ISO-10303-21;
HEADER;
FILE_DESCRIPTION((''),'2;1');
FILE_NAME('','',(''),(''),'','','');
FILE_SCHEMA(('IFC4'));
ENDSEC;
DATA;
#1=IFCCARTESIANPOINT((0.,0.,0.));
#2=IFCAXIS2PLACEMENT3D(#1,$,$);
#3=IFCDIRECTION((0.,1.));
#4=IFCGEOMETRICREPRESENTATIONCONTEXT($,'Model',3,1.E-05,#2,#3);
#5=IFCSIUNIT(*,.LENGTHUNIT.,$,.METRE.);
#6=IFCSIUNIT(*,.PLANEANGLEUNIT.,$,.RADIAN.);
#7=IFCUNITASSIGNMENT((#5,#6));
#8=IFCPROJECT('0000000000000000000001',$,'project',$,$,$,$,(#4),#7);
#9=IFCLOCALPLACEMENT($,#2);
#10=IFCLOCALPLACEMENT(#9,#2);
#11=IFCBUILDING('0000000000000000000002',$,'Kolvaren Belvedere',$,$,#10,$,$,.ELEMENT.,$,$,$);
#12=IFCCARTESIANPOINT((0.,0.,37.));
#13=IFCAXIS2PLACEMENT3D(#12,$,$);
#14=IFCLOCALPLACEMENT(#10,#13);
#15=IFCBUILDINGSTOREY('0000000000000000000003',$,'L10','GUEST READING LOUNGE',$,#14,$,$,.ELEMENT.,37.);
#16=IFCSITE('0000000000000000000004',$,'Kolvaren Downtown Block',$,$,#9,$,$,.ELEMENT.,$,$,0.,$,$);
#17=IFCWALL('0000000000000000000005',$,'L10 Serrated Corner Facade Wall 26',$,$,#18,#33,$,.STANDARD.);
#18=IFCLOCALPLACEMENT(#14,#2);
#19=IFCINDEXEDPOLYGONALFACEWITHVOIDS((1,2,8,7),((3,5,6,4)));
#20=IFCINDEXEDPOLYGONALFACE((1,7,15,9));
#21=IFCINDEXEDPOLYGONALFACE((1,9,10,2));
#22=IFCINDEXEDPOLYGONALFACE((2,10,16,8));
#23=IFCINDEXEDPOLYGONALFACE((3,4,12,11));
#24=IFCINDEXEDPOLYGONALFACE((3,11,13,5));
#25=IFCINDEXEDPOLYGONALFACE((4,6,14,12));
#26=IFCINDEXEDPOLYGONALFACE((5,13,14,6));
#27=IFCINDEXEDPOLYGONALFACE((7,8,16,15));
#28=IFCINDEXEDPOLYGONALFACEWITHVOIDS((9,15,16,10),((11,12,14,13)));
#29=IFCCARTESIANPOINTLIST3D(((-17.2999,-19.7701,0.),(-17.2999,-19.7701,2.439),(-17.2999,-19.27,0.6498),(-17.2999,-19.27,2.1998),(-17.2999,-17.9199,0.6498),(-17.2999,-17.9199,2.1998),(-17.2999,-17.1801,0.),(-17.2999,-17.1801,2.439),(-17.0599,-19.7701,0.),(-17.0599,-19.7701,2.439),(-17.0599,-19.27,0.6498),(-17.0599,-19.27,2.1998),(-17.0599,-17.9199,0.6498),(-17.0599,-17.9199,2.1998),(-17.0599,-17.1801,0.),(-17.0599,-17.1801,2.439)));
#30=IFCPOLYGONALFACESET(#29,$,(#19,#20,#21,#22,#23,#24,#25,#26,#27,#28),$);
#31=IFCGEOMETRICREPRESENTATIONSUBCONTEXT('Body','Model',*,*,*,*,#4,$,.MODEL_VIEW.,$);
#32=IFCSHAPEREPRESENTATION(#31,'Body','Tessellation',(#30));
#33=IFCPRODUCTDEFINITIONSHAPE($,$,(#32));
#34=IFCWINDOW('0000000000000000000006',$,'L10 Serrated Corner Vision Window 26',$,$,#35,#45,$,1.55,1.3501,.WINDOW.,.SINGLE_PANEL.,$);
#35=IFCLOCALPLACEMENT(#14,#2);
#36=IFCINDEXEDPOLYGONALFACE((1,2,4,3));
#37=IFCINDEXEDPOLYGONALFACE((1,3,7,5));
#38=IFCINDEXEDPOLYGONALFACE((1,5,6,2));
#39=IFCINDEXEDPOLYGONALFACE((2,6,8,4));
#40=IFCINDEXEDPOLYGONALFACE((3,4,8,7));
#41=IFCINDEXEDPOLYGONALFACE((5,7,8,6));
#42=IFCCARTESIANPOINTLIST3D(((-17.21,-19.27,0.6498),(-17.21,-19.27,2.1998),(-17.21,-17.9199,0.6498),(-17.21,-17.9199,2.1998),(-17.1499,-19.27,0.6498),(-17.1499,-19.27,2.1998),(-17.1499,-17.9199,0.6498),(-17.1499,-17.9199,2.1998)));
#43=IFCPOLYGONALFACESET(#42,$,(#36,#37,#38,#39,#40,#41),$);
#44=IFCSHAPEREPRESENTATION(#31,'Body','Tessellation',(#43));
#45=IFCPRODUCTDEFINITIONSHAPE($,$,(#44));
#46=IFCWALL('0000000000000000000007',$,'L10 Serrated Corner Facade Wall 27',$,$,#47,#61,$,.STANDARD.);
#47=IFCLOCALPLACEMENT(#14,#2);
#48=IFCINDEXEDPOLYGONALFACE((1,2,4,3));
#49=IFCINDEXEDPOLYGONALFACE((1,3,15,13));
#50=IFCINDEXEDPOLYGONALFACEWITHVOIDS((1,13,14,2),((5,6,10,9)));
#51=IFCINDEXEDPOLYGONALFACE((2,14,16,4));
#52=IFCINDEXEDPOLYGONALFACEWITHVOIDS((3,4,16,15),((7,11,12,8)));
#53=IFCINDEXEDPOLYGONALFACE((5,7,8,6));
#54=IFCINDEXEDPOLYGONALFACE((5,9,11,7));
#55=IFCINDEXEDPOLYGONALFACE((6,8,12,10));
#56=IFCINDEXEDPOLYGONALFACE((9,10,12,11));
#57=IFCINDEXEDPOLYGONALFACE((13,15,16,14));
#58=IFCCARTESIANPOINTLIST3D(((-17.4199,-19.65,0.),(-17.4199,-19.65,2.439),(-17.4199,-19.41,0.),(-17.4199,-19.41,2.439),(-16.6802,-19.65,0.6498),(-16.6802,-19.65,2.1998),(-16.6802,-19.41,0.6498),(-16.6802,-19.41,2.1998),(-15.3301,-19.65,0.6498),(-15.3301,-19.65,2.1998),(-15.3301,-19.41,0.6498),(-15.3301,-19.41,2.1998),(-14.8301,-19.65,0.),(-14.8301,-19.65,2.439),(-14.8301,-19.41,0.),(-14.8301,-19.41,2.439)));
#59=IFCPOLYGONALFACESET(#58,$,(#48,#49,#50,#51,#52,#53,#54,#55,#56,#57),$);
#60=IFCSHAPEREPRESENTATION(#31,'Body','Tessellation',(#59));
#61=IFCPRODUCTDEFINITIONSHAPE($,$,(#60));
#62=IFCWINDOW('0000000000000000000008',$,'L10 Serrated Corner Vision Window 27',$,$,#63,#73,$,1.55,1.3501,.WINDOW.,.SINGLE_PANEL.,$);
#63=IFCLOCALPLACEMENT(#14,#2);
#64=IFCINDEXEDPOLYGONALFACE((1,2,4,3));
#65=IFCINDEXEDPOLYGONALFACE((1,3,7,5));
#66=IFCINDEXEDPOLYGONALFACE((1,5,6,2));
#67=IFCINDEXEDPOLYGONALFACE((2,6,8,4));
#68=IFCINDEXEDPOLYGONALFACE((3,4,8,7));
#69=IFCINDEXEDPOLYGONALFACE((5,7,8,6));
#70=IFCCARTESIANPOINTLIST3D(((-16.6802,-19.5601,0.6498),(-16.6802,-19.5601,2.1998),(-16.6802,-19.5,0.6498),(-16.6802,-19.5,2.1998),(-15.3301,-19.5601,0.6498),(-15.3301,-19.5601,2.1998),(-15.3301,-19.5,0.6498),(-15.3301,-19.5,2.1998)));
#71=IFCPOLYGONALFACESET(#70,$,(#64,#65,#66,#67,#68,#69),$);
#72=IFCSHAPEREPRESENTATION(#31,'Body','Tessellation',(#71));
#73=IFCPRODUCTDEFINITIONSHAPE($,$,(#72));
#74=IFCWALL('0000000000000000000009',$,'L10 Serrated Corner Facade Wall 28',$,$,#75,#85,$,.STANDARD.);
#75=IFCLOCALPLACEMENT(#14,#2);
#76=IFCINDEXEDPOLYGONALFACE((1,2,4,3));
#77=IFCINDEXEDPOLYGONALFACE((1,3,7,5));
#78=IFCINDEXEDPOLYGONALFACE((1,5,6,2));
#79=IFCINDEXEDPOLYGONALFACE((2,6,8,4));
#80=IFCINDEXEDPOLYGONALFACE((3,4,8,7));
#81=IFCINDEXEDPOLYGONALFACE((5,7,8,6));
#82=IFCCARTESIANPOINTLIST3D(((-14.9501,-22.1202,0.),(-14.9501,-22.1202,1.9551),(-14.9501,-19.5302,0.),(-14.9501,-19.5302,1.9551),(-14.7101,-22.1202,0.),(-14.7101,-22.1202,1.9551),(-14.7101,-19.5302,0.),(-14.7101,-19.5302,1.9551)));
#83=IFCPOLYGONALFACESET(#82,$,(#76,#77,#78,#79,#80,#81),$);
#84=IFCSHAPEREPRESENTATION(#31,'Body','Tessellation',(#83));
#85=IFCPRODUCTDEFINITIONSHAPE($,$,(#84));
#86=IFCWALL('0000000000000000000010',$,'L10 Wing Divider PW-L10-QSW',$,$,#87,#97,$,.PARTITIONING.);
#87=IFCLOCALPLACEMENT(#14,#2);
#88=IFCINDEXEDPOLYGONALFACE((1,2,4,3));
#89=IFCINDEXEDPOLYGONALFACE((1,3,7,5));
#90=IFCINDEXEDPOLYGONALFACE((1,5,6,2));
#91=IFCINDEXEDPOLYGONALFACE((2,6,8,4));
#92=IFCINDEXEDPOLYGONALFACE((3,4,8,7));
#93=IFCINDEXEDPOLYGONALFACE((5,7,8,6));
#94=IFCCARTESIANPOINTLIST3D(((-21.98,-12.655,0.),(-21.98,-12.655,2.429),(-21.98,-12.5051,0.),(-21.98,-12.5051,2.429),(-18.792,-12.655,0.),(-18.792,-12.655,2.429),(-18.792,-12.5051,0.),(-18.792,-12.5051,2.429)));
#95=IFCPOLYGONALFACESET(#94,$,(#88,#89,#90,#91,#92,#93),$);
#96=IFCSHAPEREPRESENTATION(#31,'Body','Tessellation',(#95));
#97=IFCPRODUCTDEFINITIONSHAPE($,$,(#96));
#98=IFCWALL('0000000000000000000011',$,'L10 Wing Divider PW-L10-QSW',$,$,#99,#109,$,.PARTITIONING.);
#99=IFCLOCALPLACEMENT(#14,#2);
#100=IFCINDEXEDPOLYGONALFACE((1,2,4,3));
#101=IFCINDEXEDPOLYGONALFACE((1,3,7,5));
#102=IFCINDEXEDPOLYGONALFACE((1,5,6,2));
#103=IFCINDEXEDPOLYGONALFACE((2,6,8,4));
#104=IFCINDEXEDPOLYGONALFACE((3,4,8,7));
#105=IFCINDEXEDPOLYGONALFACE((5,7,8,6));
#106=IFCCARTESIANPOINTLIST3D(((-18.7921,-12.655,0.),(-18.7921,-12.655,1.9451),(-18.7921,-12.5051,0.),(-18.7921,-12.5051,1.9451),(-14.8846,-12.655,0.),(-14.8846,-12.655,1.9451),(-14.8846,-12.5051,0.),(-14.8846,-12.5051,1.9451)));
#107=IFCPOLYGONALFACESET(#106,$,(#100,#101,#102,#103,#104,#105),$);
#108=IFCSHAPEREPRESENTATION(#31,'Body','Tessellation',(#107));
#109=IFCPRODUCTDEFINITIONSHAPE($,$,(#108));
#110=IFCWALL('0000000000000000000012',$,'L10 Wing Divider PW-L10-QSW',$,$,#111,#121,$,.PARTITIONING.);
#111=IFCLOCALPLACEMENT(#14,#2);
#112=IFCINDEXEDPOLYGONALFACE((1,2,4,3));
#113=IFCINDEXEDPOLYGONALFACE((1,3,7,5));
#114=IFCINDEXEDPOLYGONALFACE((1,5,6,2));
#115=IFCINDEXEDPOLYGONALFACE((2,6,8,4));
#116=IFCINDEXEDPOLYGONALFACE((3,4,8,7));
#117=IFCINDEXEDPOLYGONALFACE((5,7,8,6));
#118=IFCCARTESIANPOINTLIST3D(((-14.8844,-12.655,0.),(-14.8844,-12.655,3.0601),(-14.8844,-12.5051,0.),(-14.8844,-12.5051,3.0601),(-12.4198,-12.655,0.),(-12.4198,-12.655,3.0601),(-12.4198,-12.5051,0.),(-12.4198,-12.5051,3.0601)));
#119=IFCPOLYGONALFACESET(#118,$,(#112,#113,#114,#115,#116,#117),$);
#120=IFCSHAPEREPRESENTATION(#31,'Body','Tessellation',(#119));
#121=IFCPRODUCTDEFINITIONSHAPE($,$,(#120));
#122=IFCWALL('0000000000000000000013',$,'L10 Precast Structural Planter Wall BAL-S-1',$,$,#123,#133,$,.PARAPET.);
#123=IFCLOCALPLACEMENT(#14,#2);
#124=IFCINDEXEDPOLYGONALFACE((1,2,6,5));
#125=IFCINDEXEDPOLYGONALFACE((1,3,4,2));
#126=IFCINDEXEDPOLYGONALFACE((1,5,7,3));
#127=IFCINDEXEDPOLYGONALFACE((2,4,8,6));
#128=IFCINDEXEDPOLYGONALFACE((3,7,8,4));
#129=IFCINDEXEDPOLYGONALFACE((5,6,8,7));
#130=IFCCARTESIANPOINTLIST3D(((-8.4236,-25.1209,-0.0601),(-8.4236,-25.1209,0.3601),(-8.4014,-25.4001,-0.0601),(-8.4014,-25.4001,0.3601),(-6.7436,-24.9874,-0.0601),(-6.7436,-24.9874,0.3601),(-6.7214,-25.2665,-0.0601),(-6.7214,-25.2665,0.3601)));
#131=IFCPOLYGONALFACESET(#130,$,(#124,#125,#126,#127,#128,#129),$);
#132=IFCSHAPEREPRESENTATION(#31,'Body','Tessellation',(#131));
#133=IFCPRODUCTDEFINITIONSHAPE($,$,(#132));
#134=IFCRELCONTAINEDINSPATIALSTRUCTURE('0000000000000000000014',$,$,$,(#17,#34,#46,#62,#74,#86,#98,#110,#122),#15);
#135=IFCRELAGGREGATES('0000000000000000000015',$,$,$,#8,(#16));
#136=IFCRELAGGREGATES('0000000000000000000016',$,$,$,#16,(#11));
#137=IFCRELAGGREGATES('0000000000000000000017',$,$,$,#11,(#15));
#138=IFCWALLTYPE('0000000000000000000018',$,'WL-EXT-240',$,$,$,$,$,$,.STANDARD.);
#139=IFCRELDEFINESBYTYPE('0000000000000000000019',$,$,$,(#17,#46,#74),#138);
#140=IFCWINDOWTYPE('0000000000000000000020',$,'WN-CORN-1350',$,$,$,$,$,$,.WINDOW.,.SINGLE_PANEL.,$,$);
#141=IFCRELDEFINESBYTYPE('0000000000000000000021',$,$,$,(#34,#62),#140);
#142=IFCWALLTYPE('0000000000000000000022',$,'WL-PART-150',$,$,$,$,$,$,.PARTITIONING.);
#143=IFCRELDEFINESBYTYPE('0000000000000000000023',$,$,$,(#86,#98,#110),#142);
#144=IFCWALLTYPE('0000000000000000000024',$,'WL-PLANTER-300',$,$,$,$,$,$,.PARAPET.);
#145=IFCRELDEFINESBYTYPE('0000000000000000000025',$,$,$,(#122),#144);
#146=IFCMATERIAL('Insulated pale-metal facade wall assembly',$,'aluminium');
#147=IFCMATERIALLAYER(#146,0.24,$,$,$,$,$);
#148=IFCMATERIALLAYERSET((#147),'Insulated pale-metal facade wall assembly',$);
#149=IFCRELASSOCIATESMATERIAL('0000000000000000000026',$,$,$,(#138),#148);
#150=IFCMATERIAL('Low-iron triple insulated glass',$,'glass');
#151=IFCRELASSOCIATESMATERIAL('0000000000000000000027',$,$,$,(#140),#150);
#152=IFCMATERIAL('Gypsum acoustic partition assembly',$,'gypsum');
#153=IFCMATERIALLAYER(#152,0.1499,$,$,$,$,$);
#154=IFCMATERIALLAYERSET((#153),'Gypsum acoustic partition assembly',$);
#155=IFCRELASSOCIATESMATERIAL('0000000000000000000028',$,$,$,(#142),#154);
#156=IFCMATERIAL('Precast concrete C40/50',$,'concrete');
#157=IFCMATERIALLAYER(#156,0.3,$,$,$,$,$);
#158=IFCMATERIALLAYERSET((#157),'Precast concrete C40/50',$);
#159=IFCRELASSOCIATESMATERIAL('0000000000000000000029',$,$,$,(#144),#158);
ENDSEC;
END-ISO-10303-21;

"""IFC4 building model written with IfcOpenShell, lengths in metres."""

from ifc_helpers import new_model, si_unit, direction, frame, frame_2d, origin, place, context, subcontext, project, spatial, rectangle, extrude, material, layer, layer_set, type_object, element, fill, save


model = new_model("IFC4")

# Units and contexts
model_context = context("Model", 3, precision=1e-05, world=origin(), true_north=direction((0.0, 1.0)))
body_context = subcontext(model_context, "Body", "Model", "MODEL_VIEW")
ifc_project = project(units=[si_unit("LENGTHUNIT", "METRE"), si_unit("PLANEANGLEUNIT", "RADIAN")], contexts=[model_context])

# Site, building, storey
site_placement = place(None, origin())
site = spatial("IfcSite", under=ifc_project, at=site_placement, Name="Kolvaren Downtown Block", CompositionType="ELEMENT", RefElevation=0.0)
building_placement = place(site_placement, origin())
building = spatial("IfcBuilding", under=site, at=building_placement, Name="Kolvaren Belvedere", CompositionType="ELEMENT")
storey_placement = place(building_placement, frame((0.0, 0.0, 37.0)))
storey = spatial("IfcBuildingStorey", under=building, at=storey_placement, Name="L10", Description="GUEST READING LOUNGE", CompositionType="ELEMENT", Elevation=37.0)

# Shared definitions
ifc_material_1 = material(Name="Insulated pale-metal facade wall assembly", Category="aluminium")
ifc_layer_1 = layer(ifc_material_1, 0.24)
ifc_layer_set_1 = layer_set([ifc_layer_1], Name="Insulated pale-metal facade wall assembly")
wall_type_1 = type_object("IfcWallType", Name="WL-EXT-240", PredefinedType="STANDARD", material=ifc_layer_set_1)

# Walls, openings, windows
ifc_material_2 = material(Name="Low-iron triple insulated glass", Category="glass")
window_type = type_object("IfcWindowType", Name="WN-CORN-1350", PartitioningType="SINGLE_PANEL", PredefinedType="WINDOW", material=ifc_material_2)
wall_1_placement = place(storey_placement, frame((-17.1799, -19.77, 0.0), z_axis=(0.0, 0.0, 1.0), x_axis=(0.0, 1.0, 0.0)))
wall_1 = element("IfcWall", 1, at=wall_1_placement, inside=storey, type_object=wall_type_1, Name="L10 Serrated Corner Facade Wall 26", PredefinedType="STANDARD", context=body_context, shape_type="SweptSolid", body=[
    extrude(rectangle(XDim=2.5901, YDim=0.24, at=frame_2d((1.2949, 0.0))), origin(), (0.0, 0.0, 1.0), 2.439),
])
opening_1_placement = place(wall_1_placement, frame((0.5, 0.0, 0.6499)))
opening_1 = element("IfcOpeningElement", 2, at=opening_1_placement, cuts=wall_1, PredefinedType="OPENING", context=body_context, shape_type="SweptSolid", body=[
    extrude(rectangle(XDim=1.3501, YDim=1.55, at=frame_2d((0.675, 0.7749))), frame((0.0, 0.1299, 0.0), z_axis=(0.0, -1.0, 0.0), x_axis=(1.0, 0.0, 0.0)), (0.0, 0.0, 1.0), 0.26),
])
window_1_placement = place(opening_1_placement, origin())
window_1 = element("IfcWindow", 3, at=window_1_placement, inside=storey, type_object=window_type, Name="L10 Serrated Corner Vision Window 26", OverallHeight=1.55, OverallWidth=1.3501, PartitioningType="SINGLE_PANEL", PredefinedType="WINDOW", context=body_context, shape_type="SweptSolid", body=[
    extrude(rectangle(XDim=1.3501, YDim=1.55, at=frame_2d((0.675, 0.7749))), frame((0.0, 0.03, 0.0), z_axis=(0.0, -1.0, 0.0), x_axis=(1.0, 0.0, 0.0)), (0.0, 0.0, 1.0), 0.0601),
])
fill(opening_1, window_1)
wall_2_placement = place(storey_placement, frame((-14.8301, -19.53, 0.0), z_axis=(0.0, 0.0, 1.0), x_axis=(-1.0, 0.0, 0.0)))
wall_2 = element("IfcWall", 4, at=wall_2_placement, inside=storey, type_object=wall_type_1, Name="L10 Serrated Corner Facade Wall 27", PredefinedType="STANDARD", context=body_context, shape_type="SweptSolid", body=[
    extrude(rectangle(XDim=2.5898, YDim=0.24, at=frame_2d((1.2949, 0.0))), origin(), (0.0, 0.0, 1.0), 2.439),
])
opening_2_placement = place(wall_2_placement, frame((0.5, 0.0, 0.6499)))
opening_2 = element("IfcOpeningElement", 5, at=opening_2_placement, cuts=wall_2, PredefinedType="OPENING", context=body_context, shape_type="SweptSolid", body=[
    extrude(rectangle(XDim=1.3501, YDim=1.55, at=frame_2d((0.675, 0.7749))), frame((0.0, 0.1299, 0.0), z_axis=(0.0, -1.0, 0.0), x_axis=(1.0, 0.0, 0.0)), (0.0, 0.0, 1.0), 0.26),
])
window_2_placement = place(opening_2_placement, origin())
window_2 = element("IfcWindow", 6, at=window_2_placement, inside=storey, type_object=window_type, Name="L10 Serrated Corner Vision Window 27", OverallHeight=1.55, OverallWidth=1.3501, PartitioningType="SINGLE_PANEL", PredefinedType="WINDOW", context=body_context, shape_type="SweptSolid", body=[
    extrude(rectangle(XDim=1.3501, YDim=1.55, at=frame_2d((0.675, 0.7749))), frame((0.0, 0.03, 0.0), z_axis=(0.0, -1.0, 0.0), x_axis=(1.0, 0.0, 0.0)), (0.0, 0.0, 1.0), 0.0601),
])
fill(opening_2, window_2)

# Walls
wall_3_placement = place(storey_placement, frame((-14.8301, -22.1201, 0.0), z_axis=(0.0, 0.0, 1.0), x_axis=(0.0, 1.0, 0.0)))
element("IfcWall", 7, at=wall_3_placement, inside=storey, type_object=wall_type_1, Name="L10 Serrated Corner Facade Wall 28", PredefinedType="STANDARD", context=body_context, shape_type="SweptSolid", body=[
    extrude(rectangle(XDim=2.5901, YDim=0.24, at=frame_2d((1.2949, 0.0))), origin(), (0.0, 0.0, 1.0), 1.9551),
])
ifc_material_3 = material(Name="Gypsum acoustic partition assembly", Category="gypsum")
ifc_layer_2 = layer(ifc_material_3, 0.1499)
ifc_layer_set_2 = layer_set([ifc_layer_2], Name="Gypsum acoustic partition assembly")
wall_type_2 = type_object("IfcWallType", Name="WL-PART-150", PredefinedType="PARTITIONING", material=ifc_layer_set_2)
wall_4_placement = place(storey_placement, frame((-21.98, -12.5801, 0.0), z_axis=(0.0, 0.0, 1.0), x_axis=(1.0, 0.0, 0.0)))
element("IfcWall", 8, at=wall_4_placement, inside=storey, type_object=wall_type_2, Name="L10 Wing Divider PW-L10-QSW", PredefinedType="PARTITIONING", context=body_context, shape_type="SweptSolid", body=[
    extrude(rectangle(XDim=3.188, YDim=0.1499, at=frame_2d((1.594, 0.0))), origin(), (0.0, 0.0, 1.0), 2.429),
])
wall_5_placement = place(storey_placement, frame((-18.792, -12.5801, 0.0), z_axis=(0.0, 0.0, 1.0), x_axis=(1.0, 0.0, 0.0)))
element("IfcWall", 9, at=wall_5_placement, inside=storey, type_object=wall_type_2, Name="L10 Wing Divider PW-L10-QSW", PredefinedType="PARTITIONING", context=body_context, shape_type="SweptSolid", body=[
    extrude(rectangle(XDim=3.9075, YDim=0.1499, at=frame_2d((1.9536, 0.0))), origin(), (0.0, 0.0, 1.0), 1.9451),
])
wall_6_placement = place(storey_placement, frame((-14.8845, -12.5801, 0.0), z_axis=(0.0, 0.0, 1.0), x_axis=(1.0, 0.0, 0.0)))
element("IfcWall", 10, at=wall_6_placement, inside=storey, type_object=wall_type_2, Name="L10 Wing Divider PW-L10-QSW", PredefinedType="PARTITIONING", context=body_context, shape_type="SweptSolid", body=[
    extrude(rectangle(XDim=2.4646, YDim=0.1499, at=frame_2d((1.2324, 0.0))), origin(), (0.0, 0.0, 1.0), 3.0601),
])
ifc_material_4 = material(Name="Precast concrete C40/50", Category="concrete")
ifc_layer_3 = layer(ifc_material_4, 0.3)
ifc_layer_set_3 = layer_set([ifc_layer_3], Name="Precast concrete C40/50")
wall_type_3 = type_object("IfcWallType", Name="WL-PLANTER-300", PredefinedType="PARAPET", material=ifc_layer_set_3)
wall_7_placement = place(storey_placement, frame((-8.4126, -25.2605, -0.0601), z_axis=(0.0, 0.0, 1.0), x_axis=(0.996855, 0.079244, 0.0)))
element("IfcWall", 11, at=wall_7_placement, inside=storey, type_object=wall_type_3, Name="L10 Precast Structural Planter Wall BAL-S-1", PredefinedType="PARAPET", context=body_context, shape_type="SweptSolid", body=[
    extrude(rectangle(XDim=1.6853, YDim=0.28, at=frame_2d((0.8428, 0.0))), origin(), (0.0, 0.0, 1.0), 0.4202),
])

save(model, "model.ifc")
